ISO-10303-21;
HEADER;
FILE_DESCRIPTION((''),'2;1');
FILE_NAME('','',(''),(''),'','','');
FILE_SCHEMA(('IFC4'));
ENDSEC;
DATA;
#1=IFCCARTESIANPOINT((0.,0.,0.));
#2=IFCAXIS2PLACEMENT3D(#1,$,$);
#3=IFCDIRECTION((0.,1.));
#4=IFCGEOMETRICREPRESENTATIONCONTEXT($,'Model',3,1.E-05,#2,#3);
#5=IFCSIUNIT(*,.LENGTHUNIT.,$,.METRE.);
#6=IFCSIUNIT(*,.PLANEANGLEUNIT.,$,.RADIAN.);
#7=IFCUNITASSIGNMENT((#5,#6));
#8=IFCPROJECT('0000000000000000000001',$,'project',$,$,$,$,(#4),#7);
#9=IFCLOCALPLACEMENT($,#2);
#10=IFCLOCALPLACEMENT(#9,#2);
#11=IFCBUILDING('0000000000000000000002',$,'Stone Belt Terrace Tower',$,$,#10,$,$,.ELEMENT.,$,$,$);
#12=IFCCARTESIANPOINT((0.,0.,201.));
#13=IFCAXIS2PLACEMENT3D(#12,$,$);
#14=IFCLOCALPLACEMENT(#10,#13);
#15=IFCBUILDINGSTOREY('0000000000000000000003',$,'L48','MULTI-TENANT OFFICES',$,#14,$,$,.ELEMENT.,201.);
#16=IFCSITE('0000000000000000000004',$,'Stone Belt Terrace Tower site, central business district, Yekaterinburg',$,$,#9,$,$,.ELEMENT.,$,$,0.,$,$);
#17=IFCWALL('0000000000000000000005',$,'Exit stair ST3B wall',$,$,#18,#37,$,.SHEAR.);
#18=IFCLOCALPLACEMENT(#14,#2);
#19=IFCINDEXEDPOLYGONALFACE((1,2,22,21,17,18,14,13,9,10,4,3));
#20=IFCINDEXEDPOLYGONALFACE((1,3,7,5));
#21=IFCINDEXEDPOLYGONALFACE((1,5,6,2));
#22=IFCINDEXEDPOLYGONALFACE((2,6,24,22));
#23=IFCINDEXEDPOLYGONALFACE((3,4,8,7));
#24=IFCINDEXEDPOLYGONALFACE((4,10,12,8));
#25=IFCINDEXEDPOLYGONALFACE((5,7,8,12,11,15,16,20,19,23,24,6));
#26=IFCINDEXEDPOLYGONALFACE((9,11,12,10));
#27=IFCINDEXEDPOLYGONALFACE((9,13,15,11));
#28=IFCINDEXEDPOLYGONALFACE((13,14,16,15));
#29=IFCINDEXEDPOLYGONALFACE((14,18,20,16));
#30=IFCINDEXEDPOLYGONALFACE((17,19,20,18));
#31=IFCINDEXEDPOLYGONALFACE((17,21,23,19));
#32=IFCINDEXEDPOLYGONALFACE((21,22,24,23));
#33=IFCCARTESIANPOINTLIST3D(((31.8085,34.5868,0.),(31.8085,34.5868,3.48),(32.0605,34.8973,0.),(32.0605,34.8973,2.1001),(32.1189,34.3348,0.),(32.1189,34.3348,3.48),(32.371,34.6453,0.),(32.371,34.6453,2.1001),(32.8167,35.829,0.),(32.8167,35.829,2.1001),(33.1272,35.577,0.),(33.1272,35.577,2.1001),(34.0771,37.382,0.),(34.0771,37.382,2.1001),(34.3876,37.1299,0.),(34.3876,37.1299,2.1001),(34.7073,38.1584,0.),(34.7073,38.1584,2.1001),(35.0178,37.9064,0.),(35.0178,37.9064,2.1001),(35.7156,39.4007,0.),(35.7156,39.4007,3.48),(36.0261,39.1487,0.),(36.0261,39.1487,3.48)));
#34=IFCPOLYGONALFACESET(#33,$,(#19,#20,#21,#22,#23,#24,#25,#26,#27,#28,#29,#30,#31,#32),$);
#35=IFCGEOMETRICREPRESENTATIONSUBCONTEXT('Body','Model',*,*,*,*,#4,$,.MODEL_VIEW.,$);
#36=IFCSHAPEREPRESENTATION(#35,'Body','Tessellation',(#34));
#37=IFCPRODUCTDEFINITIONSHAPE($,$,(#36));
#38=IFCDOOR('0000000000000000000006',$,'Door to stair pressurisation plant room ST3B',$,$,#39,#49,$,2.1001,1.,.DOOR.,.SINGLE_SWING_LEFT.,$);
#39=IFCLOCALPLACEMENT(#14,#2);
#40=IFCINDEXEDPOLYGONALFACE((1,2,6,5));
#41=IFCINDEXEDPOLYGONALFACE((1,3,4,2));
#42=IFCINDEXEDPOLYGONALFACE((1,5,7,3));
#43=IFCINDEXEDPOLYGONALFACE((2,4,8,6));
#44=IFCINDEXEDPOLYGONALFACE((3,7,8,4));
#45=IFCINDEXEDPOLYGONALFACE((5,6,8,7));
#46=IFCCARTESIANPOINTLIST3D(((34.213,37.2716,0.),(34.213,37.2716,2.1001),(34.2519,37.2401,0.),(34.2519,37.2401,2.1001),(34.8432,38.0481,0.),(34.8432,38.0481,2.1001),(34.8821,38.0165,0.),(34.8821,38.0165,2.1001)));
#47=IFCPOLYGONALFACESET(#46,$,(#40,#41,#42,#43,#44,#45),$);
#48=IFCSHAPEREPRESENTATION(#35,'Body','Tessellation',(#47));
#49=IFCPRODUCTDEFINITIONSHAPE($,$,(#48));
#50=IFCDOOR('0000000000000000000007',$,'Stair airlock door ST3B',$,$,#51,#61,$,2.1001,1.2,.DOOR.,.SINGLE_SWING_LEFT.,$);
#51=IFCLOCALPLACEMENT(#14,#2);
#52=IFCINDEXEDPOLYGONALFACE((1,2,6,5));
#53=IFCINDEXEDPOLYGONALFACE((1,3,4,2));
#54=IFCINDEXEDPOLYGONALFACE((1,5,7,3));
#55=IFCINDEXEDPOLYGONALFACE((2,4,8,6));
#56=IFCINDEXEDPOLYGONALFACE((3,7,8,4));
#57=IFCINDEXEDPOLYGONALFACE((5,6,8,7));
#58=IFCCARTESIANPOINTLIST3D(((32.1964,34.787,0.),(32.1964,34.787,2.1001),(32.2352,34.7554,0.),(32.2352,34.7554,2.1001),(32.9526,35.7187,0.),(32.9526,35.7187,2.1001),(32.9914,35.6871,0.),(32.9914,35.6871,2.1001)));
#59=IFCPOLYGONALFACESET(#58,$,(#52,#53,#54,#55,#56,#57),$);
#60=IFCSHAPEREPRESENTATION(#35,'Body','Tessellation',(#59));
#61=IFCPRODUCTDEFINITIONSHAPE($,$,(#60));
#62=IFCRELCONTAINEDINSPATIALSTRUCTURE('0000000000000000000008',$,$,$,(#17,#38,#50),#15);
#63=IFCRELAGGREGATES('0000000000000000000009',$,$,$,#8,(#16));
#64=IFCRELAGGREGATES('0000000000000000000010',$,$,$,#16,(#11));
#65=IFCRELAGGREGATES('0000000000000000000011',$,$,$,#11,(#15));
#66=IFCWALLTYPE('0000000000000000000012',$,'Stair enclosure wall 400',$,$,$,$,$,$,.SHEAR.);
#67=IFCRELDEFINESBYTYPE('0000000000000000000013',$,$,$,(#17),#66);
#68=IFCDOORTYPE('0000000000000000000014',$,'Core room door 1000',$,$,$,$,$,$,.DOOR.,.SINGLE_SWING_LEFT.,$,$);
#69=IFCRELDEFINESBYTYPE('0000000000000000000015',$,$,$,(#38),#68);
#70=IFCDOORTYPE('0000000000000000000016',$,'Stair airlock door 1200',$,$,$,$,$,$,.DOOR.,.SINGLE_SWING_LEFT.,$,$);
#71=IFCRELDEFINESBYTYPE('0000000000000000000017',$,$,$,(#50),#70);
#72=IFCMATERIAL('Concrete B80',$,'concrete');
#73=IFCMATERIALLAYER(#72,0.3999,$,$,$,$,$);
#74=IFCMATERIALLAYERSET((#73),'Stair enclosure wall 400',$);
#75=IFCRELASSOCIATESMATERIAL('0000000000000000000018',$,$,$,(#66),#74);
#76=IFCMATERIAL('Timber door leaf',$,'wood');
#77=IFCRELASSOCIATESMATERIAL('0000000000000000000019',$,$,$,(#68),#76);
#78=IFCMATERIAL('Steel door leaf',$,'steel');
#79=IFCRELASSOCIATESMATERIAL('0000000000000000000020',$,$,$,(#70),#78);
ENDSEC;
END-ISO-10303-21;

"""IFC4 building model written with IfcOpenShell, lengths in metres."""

from ifc_helpers import new_model, si_unit, direction, frame, frame_2d, origin, place, context, subcontext, project, spatial, rectangle, extrude, material, layer, layer_set, type_object, element, fill, save


model = new_model("IFC4")

# Units and contexts
model_context = context("Model", 3, precision=1e-05, world=origin(), true_north=direction((0.0, 1.0)))
body_context = subcontext(model_context, "Body", "Model", "MODEL_VIEW")
ifc_project = project(units=[si_unit("LENGTHUNIT", "METRE"), si_unit("PLANEANGLEUNIT", "RADIAN")], contexts=[model_context])

# Site, building, storey
site_placement = place(None, origin())
site = spatial("IfcSite", under=ifc_project, at=site_placement, Name="Stone Belt Terrace Tower site, central business district, Yekaterinburg", CompositionType="ELEMENT", RefElevation=0.0)
building_placement = place(site_placement, origin())
building = spatial("IfcBuilding", under=site, at=building_placement, Name="Stone Belt Terrace Tower", CompositionType="ELEMENT")
storey_placement = place(building_placement, frame((0.0, 0.0, 201.0)))
storey = spatial("IfcBuildingStorey", under=building, at=storey_placement, Name="L48", Description="MULTI-TENANT OFFICES", CompositionType="ELEMENT", Elevation=201.0)

# Wall, openings, doors
ifc_material_1 = material(Name="Concrete B80", Category="concrete")
ifc_layer_1 = layer(ifc_material_1, 0.3999)
ifc_layer_set_1 = layer_set([ifc_layer_1], Name="Stair enclosure wall 400")
wall_type_1 = type_object("IfcWallType", Name="Stair enclosure wall 400", PredefinedType="SHEAR", material=ifc_layer_set_1)
wall_1_placement = place(storey_placement, frame((31.9636, 34.4607, 0.0), z_axis=(0.0, 0.0, 1.0), x_axis=(0.630192, 0.776439, 0.0)))
wall_1 = element("IfcWall", 1, at=wall_1_placement, inside=storey, type_object=wall_type_1, Name="Exit stair ST3B wall", PredefinedType="SHEAR", context=body_context, shape_type="SweptSolid", body=[
    extrude(rectangle(XDim=6.2, YDim=0.3999, at=frame_2d((3.1001, 0.0))), origin(), (0.0, 0.0, 1.0), 3.48),
])
opening_1_placement = place(wall_1_placement, frame((0.3999, 0.0, 0.0)))
opening_1 = element("IfcOpeningElement", 2, at=opening_1_placement, cuts=wall_1, PredefinedType="OPENING", context=body_context, shape_type="SweptSolid", body=[
    extrude(rectangle(XDim=1.2, YDim=2.1001, at=frame_2d((0.6001, 1.05))), frame((0.0, 0.21, 0.0), z_axis=(0.0, -1.0, 0.0), x_axis=(1.0, 0.0, 0.0)), (0.0, 0.0, 1.0), 0.4199),
])
opening_2_placement = place(wall_1_placement, frame((3.6001, 0.0, 0.0)))
opening_2 = element("IfcOpeningElement", 3, at=opening_2_placement, cuts=wall_1, PredefinedType="OPENING", context=body_context, shape_type="SweptSolid", body=[
    extrude(rectangle(XDim=1.0, YDim=2.1001, at=frame_2d((0.5, 1.05))), frame((0.0, 0.21, 0.0), z_axis=(0.0, -1.0, 0.0), x_axis=(1.0, 0.0, 0.0)), (0.0, 0.0, 1.0), 0.4199),
])
ifc_material_2 = material(Name="Timber door leaf", Category="wood")
door_type_1 = type_object("IfcDoorType", Name="Core room door 1000", OperationType="SINGLE_SWING_LEFT", PredefinedType="DOOR", material=ifc_material_2)
door_1_placement = place(opening_2_placement, origin())
door_1 = element("IfcDoor", 4, at=door_1_placement, inside=storey, type_object=door_type_1, Name="Door to stair pressurisation plant room ST3B", OperationType="SINGLE_SWING_LEFT", OverallHeight=2.1001, OverallWidth=1.0, PredefinedType="DOOR", context=body_context, shape_type="SweptSolid", body=[
    extrude(rectangle(XDim=1.0, YDim=2.1001, at=frame_2d((0.5, 1.05))), frame((0.0, 0.0249, 0.0), z_axis=(0.0, -1.0, 0.0), x_axis=(1.0, 0.0, 0.0)), (0.0, 0.0, 1.0), 0.05),
])
fill(opening_2, door_1)
ifc_material_3 = material(Name="Steel door leaf", Category="steel")
door_type_2 = type_object("IfcDoorType", Name="Stair airlock door 1200", OperationType="SINGLE_SWING_LEFT", PredefinedType="DOOR", material=ifc_material_3)
door_2_placement = place(opening_1_placement, origin())
door_2 = element("IfcDoor", 5, at=door_2_placement, inside=storey, type_object=door_type_2, Name="Stair airlock door ST3B", OperationType="SINGLE_SWING_LEFT", OverallHeight=2.1001, OverallWidth=1.2, PredefinedType="DOOR", context=body_context, shape_type="SweptSolid", body=[
    extrude(rectangle(XDim=1.2, YDim=2.1001, at=frame_2d((0.6001, 1.05))), frame((0.0, 0.0249, 0.0), z_axis=(0.0, -1.0, 0.0), x_axis=(1.0, 0.0, 0.0)), (0.0, 0.0, 1.0), 0.05),
])
fill(opening_1, door_2)

save(model, "model.ifc")
